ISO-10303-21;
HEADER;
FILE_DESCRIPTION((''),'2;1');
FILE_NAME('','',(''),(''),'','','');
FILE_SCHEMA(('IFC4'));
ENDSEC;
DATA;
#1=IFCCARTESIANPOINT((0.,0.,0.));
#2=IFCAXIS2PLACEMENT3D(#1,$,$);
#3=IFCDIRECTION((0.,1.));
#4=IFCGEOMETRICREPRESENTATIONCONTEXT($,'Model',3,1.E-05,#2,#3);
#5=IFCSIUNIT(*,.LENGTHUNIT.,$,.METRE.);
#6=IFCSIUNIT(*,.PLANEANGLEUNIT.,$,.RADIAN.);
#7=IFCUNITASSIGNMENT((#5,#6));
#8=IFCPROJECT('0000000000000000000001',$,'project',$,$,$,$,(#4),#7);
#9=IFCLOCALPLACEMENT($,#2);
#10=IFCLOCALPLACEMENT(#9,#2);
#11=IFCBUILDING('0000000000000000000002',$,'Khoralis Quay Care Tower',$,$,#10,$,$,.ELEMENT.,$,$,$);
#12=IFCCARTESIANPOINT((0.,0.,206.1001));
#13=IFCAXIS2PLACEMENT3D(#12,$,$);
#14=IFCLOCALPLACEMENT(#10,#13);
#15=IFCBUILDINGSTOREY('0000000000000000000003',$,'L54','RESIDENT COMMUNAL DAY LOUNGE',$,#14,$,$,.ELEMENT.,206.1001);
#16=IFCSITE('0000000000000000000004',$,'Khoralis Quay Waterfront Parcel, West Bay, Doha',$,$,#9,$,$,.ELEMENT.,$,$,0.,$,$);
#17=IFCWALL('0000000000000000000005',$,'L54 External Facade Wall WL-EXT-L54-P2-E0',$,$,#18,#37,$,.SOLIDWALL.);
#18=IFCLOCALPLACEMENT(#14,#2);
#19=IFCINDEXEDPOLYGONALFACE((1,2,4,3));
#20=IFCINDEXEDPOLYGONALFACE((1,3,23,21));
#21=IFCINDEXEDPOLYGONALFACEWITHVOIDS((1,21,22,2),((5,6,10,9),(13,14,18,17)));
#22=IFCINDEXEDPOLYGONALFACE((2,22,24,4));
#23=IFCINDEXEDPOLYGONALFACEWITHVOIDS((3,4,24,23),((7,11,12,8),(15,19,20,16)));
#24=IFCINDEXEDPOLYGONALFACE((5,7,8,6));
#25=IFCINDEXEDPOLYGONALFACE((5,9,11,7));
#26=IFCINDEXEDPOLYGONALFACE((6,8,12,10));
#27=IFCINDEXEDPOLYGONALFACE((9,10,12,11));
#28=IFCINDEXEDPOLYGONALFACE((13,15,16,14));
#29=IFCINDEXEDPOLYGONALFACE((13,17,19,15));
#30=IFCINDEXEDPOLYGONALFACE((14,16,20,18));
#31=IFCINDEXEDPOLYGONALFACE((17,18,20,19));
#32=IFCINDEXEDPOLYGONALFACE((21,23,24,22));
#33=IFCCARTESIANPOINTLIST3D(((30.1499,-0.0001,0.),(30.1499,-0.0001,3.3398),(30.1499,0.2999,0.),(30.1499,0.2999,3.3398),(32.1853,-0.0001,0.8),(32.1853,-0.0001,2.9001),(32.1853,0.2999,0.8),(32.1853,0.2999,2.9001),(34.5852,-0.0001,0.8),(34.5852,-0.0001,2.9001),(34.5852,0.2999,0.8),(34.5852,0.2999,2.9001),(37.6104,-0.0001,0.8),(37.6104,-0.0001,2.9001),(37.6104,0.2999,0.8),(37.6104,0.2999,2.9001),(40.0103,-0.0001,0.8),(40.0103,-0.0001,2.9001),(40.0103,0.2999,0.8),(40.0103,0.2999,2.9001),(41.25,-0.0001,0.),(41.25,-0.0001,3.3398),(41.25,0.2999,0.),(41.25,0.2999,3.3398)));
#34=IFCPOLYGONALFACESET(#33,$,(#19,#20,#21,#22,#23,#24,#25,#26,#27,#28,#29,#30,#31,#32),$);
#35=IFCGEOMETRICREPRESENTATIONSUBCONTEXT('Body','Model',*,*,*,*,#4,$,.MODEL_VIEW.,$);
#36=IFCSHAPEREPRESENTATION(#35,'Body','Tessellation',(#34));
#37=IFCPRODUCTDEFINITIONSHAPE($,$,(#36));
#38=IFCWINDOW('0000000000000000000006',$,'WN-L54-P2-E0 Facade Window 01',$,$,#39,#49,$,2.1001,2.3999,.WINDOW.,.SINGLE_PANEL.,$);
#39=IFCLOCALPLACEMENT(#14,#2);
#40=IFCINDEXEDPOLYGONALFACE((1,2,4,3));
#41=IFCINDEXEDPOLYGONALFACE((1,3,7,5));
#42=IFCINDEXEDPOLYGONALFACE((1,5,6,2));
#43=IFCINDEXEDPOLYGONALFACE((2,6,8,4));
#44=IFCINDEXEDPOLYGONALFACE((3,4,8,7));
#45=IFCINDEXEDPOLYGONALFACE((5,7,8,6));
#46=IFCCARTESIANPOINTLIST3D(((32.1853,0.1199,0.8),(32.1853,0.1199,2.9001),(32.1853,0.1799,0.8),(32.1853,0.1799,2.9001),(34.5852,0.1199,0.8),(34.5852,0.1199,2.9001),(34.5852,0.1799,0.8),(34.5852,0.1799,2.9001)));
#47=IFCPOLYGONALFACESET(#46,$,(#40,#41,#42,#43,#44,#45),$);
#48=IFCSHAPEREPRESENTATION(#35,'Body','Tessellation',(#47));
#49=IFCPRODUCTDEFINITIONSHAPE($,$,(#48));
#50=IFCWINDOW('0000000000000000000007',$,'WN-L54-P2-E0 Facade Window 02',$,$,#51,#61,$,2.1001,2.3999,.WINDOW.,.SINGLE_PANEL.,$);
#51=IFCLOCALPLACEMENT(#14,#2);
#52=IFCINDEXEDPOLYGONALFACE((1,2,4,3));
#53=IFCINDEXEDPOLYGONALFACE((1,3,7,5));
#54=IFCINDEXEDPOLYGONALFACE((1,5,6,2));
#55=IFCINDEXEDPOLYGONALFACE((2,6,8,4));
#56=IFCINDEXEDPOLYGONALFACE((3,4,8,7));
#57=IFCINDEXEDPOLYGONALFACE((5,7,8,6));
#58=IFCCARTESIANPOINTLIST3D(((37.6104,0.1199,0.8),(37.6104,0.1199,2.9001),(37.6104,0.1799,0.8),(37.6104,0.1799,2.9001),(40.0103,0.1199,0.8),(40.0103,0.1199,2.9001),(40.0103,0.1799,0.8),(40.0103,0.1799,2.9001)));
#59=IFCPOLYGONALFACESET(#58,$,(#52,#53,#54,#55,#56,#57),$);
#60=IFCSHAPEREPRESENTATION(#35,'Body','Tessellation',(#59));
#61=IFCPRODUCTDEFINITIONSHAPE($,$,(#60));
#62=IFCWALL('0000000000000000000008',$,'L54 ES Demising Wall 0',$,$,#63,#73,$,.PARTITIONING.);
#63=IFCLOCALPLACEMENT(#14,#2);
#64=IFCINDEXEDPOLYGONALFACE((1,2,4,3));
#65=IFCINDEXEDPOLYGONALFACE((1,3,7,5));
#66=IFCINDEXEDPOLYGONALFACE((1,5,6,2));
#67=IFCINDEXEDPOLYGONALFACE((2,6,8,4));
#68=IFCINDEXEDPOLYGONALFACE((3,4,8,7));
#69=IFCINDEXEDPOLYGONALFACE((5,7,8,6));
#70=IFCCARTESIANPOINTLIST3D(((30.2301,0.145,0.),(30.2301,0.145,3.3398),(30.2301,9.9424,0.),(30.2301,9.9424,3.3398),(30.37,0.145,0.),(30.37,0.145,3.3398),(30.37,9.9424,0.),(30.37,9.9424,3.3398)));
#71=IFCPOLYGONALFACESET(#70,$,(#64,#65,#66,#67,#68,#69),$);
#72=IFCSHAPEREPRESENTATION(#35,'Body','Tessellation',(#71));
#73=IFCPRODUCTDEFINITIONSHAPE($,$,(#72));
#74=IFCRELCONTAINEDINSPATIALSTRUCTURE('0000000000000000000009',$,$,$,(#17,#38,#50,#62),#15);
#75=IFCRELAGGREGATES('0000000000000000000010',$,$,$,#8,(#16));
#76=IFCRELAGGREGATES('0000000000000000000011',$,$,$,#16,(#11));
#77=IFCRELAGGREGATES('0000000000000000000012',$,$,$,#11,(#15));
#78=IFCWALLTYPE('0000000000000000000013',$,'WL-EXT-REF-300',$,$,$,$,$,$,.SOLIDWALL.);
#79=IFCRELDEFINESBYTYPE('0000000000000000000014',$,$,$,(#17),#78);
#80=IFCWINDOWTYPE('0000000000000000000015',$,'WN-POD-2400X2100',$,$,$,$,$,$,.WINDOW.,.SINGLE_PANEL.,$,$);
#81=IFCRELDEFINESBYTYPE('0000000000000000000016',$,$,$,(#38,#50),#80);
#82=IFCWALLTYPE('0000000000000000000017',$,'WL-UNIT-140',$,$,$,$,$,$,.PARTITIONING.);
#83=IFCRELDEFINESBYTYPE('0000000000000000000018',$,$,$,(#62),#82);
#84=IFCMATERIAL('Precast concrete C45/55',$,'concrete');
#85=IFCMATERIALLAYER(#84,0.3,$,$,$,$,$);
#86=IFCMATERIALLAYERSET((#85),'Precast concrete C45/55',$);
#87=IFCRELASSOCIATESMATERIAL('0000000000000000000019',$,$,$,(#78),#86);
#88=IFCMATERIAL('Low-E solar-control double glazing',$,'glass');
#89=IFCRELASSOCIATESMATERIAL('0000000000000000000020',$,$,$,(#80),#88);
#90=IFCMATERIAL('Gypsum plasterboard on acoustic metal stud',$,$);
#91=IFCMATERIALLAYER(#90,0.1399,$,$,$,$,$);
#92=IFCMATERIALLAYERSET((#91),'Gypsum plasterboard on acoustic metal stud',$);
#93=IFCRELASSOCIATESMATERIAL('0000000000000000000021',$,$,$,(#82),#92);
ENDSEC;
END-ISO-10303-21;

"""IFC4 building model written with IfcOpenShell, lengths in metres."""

from ifc_helpers import new_model, si_unit, direction, frame, frame_2d, origin, place, context, subcontext, project, spatial, rectangle, extrude, source, transform, mapped, material, layer, layer_set, type_object, element, fill, save


model = new_model("IFC4")

# Units and contexts
model_context = context("Model", 3, precision=1e-05, world=origin(), true_north=direction((0.0, 1.0)))
body_context = subcontext(model_context, "Body", "Model", "MODEL_VIEW")
ifc_project = project(units=[si_unit("LENGTHUNIT", "METRE"), si_unit("PLANEANGLEUNIT", "RADIAN")], contexts=[model_context])

# Site, building, storey
site_placement = place(None, origin())
site = spatial("IfcSite", under=ifc_project, at=site_placement, Name="Khoralis Quay Waterfront Parcel, West Bay, Doha", CompositionType="ELEMENT", RefElevation=0.0)
building_placement = place(site_placement, origin())
building = spatial("IfcBuilding", under=site, at=building_placement, Name="Khoralis Quay Care Tower", CompositionType="ELEMENT")
storey_placement = place(building_placement, frame((0.0, 0.0, 206.1001)))
storey = spatial("IfcBuildingStorey", under=building, at=storey_placement, Name="L54", Description="RESIDENT COMMUNAL DAY LOUNGE", CompositionType="ELEMENT", Elevation=206.1001)

# Shared definitions
ifc_material_1 = material(Name="Low-E solar-control double glazing", Category="glass")

# Shared definitions
ifc_material_2 = material(Name="Gypsum plasterboard on acoustic metal stud")

# Wall, openings, windows
ifc_material_3 = material(Name="Precast concrete C45/55", Category="concrete")
ifc_layer_1 = layer(ifc_material_3, 0.3)
ifc_layer_set_1 = layer_set([ifc_layer_1], Name="Precast concrete C45/55")
wall_type_1 = type_object("IfcWallType", Name="WL-EXT-REF-300", PredefinedType="SOLIDWALL", material=ifc_layer_set_1)
wall_1_placement = place(storey_placement, frame((30.1499, 0.1499, 0.0), z_axis=(0.0, 0.0, 1.0), x_axis=(1.0, 0.0, 0.0)))
wall_1 = element("IfcWall", 1, at=wall_1_placement, inside=storey, type_object=wall_type_1, Name="L54 External Facade Wall WL-EXT-L54-P2-E0", PredefinedType="SOLIDWALL", context=body_context, shape_type="SweptSolid", body=[
    extrude(rectangle(XDim=11.1001, YDim=0.3, at=frame_2d((5.55, 0.0))), origin(), (0.0, 0.0, 1.0), 3.3398),
])
opening_1_placement = place(wall_1_placement, frame((2.0354, 0.0, 0.8)))
opening_1 = element("IfcOpeningElement", 2, at=opening_1_placement, cuts=wall_1, PredefinedType="OPENING", context=body_context, shape_type="SweptSolid", body=[
    extrude(rectangle(XDim=2.3999, YDim=2.1001, at=frame_2d((1.2, 1.05))), frame((0.0, 0.1602, 0.0), z_axis=(0.0, -1.0, 0.0), x_axis=(1.0, 0.0, 0.0)), (0.0, 0.0, 1.0), 0.3201),
])
opening_2_placement = place(wall_1_placement, frame((7.4604, 0.0, 0.8)))
opening_2 = element("IfcOpeningElement", 3, at=opening_2_placement, cuts=wall_1, PredefinedType="OPENING", context=body_context, shape_type="SweptSolid", body=[
    extrude(rectangle(XDim=2.3999, YDim=2.1001, at=frame_2d((1.2, 1.05))), frame((0.0, 0.1602, 0.0), z_axis=(0.0, -1.0, 0.0), x_axis=(1.0, 0.0, 0.0)), (0.0, 0.0, 1.0), 0.3201),
])
window_type = type_object("IfcWindowType", Name="WN-POD-2400X2100", PartitioningType="SINGLE_PANEL", PredefinedType="WINDOW", material=ifc_material_1)
shared_shape_1 = source(origin(), body_context, "Body", "SweptSolid", [
    extrude(rectangle(XDim=2.3999, YDim=2.1001, at=frame_2d((1.2, 1.05))), frame((0.0, 0.03, 0.0), z_axis=(0.0, -1.0, 0.0), x_axis=(1.0, 0.0, 0.0)), (0.0, 0.0, 1.0), 0.0601),
])
window_1_placement = place(opening_1_placement, origin())
window_1 = element("IfcWindow", 4, at=window_1_placement, inside=storey, type_object=window_type, Name="WN-L54-P2-E0 Facade Window 01", OverallHeight=2.1001, OverallWidth=2.3999, PartitioningType="SINGLE_PANEL", PredefinedType="WINDOW", context=body_context, shape_type="MappedRepresentation", body=[
    mapped(shared_shape_1, transform((0.0, 0.0, 0.0), scale=1.0)),
])
fill(opening_1, window_1)
window_2_placement = place(opening_2_placement, origin())
window_2 = element("IfcWindow", 5, at=window_2_placement, inside=storey, type_object=window_type, Name="WN-L54-P2-E0 Facade Window 02", OverallHeight=2.1001, OverallWidth=2.3999, PartitioningType="SINGLE_PANEL", PredefinedType="WINDOW", context=body_context, shape_type="MappedRepresentation", body=[
    mapped(shared_shape_1, transform((0.0, 0.0, 0.0), scale=1.0)),
])
fill(opening_2, window_2)

# Wall
ifc_layer_2 = layer(ifc_material_2, 0.1399)
ifc_layer_set_2 = layer_set([ifc_layer_2], Name="Gypsum plasterboard on acoustic metal stud")
wall_type_2 = type_object("IfcWallType", Name="WL-UNIT-140", PredefinedType="PARTITIONING", material=ifc_layer_set_2)
wall_2_placement = place(storey_placement, frame((30.3, 0.145, 0.0), z_axis=(0.0, 0.0, 1.0), x_axis=(0.0, 1.0, 0.0)))
element("IfcWall", 6, at=wall_2_placement, inside=storey, type_object=wall_type_2, Name="L54 ES Demising Wall 0", PredefinedType="PARTITIONING", context=body_context, shape_type="SweptSolid", body=[
    extrude(rectangle(XDim=9.7974, YDim=0.1399, at=frame_2d((4.8987, 0.0))), origin(), (0.0, 0.0, 1.0), 3.3398),
])

save(model, "model.ifc")
